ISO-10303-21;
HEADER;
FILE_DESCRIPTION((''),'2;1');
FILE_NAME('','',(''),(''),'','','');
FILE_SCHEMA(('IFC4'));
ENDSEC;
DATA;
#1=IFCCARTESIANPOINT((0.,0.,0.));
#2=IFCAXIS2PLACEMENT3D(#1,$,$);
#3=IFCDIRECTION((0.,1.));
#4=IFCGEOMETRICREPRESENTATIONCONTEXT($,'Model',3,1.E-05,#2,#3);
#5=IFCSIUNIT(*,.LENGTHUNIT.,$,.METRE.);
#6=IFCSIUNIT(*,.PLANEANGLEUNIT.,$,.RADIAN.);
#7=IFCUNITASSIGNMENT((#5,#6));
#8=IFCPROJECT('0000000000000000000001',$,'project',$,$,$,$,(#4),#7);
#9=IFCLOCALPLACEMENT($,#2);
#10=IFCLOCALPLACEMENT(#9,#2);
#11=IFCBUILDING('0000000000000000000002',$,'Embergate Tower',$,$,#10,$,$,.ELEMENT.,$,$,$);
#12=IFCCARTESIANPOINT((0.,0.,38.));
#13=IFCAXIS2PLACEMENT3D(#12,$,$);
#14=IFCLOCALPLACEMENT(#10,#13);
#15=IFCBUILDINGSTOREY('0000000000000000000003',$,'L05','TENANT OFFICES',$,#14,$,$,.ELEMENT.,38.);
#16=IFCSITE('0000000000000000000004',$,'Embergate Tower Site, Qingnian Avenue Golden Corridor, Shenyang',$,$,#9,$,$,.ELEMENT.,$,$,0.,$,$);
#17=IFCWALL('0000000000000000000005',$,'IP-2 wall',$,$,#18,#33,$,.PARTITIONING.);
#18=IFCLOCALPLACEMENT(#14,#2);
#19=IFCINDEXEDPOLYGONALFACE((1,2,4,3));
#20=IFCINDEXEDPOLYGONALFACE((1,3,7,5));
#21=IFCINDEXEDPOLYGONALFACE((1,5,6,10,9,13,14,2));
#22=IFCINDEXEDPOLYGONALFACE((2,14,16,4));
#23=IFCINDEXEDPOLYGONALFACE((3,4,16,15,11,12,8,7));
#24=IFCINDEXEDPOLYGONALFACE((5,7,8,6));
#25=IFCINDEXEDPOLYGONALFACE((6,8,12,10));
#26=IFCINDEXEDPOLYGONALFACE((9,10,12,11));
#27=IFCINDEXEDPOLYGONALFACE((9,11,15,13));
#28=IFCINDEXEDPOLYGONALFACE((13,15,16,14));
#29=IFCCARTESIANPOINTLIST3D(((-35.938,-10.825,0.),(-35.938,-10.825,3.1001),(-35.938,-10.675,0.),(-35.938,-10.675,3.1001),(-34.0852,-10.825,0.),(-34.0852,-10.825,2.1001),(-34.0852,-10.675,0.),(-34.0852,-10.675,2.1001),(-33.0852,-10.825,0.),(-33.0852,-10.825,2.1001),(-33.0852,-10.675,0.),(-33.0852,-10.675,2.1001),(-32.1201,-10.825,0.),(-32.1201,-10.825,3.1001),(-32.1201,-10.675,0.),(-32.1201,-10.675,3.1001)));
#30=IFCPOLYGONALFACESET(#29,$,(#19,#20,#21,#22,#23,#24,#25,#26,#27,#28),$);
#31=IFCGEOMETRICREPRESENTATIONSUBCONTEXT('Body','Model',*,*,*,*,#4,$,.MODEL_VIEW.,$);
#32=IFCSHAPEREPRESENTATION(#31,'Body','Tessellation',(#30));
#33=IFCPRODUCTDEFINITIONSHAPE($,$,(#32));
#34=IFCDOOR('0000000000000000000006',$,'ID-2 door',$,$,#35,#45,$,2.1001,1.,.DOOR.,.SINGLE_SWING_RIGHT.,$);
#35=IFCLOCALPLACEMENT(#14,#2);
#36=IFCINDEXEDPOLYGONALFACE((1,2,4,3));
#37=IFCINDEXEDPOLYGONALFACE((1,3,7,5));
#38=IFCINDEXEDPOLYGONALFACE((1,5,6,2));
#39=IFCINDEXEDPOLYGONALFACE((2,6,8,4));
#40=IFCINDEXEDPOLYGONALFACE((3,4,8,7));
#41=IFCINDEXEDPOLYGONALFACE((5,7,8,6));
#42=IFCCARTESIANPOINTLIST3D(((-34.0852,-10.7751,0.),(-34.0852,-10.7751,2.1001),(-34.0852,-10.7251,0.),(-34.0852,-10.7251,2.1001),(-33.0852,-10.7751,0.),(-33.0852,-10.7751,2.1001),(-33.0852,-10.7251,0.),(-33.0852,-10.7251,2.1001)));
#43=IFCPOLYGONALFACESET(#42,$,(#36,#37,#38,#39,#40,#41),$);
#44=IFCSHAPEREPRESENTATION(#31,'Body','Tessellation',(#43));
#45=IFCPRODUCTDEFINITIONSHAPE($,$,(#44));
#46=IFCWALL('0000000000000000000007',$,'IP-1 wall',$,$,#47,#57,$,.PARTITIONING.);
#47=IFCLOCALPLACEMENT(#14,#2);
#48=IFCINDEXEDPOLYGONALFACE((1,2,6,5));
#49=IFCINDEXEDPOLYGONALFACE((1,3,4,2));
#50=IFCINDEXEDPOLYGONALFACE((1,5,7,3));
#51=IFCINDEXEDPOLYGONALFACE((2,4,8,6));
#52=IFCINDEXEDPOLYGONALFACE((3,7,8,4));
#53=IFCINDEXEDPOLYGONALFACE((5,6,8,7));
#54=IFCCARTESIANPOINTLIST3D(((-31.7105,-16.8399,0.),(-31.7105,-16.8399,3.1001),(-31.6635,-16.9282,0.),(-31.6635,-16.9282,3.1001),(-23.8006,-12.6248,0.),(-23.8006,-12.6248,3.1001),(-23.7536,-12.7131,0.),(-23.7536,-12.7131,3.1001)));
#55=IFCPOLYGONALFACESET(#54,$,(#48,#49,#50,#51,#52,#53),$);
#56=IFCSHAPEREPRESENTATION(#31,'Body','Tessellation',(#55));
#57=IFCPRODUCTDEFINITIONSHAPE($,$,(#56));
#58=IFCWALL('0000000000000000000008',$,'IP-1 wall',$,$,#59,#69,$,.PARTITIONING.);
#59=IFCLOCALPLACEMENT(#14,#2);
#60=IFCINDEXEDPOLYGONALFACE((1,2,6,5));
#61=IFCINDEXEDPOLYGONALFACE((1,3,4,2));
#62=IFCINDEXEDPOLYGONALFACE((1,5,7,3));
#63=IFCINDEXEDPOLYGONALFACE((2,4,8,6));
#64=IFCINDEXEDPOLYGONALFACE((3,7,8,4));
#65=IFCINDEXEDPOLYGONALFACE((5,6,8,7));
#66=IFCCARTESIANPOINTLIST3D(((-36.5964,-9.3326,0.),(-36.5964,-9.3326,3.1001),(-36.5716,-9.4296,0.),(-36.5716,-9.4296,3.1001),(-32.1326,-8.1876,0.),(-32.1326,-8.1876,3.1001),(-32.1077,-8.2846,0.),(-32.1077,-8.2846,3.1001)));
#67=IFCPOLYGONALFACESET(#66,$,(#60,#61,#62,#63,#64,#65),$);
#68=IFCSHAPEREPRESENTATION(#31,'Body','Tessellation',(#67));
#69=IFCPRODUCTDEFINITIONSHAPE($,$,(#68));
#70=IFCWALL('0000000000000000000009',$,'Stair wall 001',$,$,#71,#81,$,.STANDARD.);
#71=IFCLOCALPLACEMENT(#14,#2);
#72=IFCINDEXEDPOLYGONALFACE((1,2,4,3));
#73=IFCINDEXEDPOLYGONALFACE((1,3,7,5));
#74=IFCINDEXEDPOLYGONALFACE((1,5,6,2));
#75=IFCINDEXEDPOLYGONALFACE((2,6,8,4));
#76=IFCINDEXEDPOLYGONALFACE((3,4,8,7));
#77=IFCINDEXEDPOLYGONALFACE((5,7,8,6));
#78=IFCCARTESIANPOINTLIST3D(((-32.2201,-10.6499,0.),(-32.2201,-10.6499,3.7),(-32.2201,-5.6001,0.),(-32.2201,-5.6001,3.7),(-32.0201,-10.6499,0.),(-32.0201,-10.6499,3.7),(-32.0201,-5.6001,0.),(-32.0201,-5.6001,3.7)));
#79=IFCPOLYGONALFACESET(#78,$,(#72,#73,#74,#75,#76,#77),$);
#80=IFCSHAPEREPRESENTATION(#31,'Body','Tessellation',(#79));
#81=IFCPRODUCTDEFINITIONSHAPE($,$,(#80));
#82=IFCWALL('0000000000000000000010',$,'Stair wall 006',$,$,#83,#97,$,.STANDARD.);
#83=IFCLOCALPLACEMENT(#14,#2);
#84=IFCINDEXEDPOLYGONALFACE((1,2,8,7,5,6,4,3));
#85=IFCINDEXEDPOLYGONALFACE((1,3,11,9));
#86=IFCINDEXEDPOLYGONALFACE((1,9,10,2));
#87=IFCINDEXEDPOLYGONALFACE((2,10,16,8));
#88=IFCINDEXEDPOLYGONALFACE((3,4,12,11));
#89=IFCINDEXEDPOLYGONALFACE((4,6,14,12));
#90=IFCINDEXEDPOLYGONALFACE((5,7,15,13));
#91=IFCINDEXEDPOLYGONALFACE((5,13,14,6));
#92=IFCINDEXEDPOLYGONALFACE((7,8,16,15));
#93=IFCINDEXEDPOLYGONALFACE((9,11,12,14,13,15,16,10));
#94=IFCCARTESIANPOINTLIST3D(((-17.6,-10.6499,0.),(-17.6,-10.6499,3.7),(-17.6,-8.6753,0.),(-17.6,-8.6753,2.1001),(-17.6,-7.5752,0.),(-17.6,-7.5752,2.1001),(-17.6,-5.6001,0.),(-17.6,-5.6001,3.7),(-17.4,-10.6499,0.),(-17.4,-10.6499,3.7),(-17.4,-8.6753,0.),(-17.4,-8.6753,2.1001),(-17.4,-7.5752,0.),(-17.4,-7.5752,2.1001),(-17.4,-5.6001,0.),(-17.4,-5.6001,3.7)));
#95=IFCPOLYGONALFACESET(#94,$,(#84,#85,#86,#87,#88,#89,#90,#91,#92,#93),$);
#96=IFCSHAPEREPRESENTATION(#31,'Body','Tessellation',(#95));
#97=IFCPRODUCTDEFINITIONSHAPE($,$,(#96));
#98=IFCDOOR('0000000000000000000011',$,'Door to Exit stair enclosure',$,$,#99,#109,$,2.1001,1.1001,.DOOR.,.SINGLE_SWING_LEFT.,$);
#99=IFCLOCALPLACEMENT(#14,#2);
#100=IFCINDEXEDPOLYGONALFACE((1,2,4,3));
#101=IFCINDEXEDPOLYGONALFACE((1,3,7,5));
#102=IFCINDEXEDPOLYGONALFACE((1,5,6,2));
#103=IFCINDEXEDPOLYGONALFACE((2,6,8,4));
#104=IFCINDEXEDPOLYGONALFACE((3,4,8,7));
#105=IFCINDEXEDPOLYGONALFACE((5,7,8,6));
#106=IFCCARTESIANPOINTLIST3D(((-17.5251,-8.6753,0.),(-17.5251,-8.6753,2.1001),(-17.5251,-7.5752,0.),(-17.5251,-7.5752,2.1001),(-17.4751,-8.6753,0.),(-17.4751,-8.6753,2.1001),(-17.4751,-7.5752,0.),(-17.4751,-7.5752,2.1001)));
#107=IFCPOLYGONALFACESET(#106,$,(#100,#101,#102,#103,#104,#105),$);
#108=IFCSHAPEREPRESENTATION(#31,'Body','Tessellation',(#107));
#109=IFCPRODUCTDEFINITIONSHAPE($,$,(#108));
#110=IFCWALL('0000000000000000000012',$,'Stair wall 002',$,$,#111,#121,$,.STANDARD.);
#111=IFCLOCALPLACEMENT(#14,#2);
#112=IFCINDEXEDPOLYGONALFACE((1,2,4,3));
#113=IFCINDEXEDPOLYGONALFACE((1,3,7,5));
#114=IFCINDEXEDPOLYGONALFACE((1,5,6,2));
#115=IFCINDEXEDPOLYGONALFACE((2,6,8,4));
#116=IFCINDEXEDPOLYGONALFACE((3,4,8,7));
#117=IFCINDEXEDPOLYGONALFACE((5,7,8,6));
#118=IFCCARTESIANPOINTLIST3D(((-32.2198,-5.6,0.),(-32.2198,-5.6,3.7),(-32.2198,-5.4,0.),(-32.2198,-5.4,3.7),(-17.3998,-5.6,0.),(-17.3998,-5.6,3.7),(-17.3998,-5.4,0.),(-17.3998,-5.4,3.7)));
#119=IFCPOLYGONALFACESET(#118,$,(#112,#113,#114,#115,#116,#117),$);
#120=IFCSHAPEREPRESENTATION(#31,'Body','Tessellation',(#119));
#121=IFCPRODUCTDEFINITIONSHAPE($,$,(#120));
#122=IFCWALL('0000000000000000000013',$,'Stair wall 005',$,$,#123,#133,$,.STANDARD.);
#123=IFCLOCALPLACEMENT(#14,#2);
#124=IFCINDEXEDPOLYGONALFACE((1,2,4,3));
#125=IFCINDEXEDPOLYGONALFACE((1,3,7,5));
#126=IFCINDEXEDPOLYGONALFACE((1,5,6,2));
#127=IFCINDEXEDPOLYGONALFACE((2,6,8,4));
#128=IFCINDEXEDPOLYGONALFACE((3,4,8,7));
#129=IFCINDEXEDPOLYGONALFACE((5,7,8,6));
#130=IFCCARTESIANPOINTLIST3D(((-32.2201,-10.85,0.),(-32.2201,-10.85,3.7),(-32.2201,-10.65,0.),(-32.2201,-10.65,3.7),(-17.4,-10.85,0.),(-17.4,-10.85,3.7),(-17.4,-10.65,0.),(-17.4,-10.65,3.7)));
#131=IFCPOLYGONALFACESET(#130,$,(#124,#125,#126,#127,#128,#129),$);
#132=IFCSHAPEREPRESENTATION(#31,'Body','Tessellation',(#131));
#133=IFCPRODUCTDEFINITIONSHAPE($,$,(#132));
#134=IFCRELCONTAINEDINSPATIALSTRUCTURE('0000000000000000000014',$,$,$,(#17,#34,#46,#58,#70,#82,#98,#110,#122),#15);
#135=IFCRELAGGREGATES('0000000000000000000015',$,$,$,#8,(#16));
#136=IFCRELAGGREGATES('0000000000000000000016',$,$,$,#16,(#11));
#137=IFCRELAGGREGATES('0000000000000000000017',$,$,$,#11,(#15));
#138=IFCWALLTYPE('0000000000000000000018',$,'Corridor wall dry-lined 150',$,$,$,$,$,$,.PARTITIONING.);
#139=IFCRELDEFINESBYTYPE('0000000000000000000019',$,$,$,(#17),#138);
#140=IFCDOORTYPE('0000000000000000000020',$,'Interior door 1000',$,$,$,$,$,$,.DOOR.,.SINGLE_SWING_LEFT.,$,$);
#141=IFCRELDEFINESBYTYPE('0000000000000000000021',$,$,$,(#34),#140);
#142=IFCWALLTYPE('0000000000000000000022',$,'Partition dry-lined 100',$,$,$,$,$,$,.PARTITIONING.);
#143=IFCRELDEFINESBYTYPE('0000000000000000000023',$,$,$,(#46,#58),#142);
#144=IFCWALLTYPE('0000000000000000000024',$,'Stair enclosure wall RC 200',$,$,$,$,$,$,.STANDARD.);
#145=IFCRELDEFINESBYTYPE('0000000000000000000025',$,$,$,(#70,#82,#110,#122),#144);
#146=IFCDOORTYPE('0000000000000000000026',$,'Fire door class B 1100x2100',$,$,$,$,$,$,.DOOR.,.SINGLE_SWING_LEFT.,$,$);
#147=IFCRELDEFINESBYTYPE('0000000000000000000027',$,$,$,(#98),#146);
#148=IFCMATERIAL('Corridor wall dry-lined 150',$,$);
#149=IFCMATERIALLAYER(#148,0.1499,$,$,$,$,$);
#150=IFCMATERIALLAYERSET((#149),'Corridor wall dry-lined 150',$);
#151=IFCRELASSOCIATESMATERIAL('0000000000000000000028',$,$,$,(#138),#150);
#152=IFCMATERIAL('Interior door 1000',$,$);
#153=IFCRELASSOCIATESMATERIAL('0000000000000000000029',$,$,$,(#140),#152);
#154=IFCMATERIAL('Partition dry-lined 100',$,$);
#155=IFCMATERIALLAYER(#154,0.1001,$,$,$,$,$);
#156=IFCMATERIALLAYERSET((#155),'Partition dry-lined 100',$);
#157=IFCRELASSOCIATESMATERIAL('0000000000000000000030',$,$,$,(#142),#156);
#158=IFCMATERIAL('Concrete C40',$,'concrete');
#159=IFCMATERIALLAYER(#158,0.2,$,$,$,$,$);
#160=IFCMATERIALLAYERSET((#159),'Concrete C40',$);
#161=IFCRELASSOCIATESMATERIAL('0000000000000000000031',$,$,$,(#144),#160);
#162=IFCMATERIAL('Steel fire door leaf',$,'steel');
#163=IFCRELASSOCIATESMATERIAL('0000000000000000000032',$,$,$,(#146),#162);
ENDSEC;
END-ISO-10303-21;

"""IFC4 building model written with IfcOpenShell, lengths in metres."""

from ifc_helpers import new_model, si_unit, direction, frame, frame_2d, origin, place, context, subcontext, project, spatial, rectangle, extrude, source, transform, mapped, material, layer, layer_set, type_object, element, fill, save


model = new_model("IFC4")

# Units and contexts
model_context = context("Model", 3, precision=1e-05, world=origin(), true_north=direction((0.0, 1.0)))
body_context = subcontext(model_context, "Body", "Model", "MODEL_VIEW")
ifc_project = project(units=[si_unit("LENGTHUNIT", "METRE"), si_unit("PLANEANGLEUNIT", "RADIAN")], contexts=[model_context])

# Site, building, storey
site_placement = place(None, origin())
site = spatial("IfcSite", under=ifc_project, at=site_placement, Name="Embergate Tower Site, Qingnian Avenue Golden Corridor, Shenyang", CompositionType="ELEMENT", RefElevation=0.0)
building_placement = place(site_placement, origin())
building = spatial("IfcBuilding", under=site, at=building_placement, Name="Embergate Tower", CompositionType="ELEMENT")
storey_placement = place(building_placement, frame((0.0, 0.0, 38.0)))
storey = spatial("IfcBuildingStorey", under=building, at=storey_placement, Name="L05", Description="TENANT OFFICES", CompositionType="ELEMENT", Elevation=38.0)

# Wall, opening, door
ifc_material_1 = material(Name="Corridor wall dry-lined 150")
ifc_layer_1 = layer(ifc_material_1, 0.1499)
ifc_layer_set_1 = layer_set([ifc_layer_1], Name="Corridor wall dry-lined 150")
wall_type_1 = type_object("IfcWallType", Name="Corridor wall dry-lined 150", PredefinedType="PARTITIONING", material=ifc_layer_set_1)
shared_shape_1 = source(origin(), body_context, "Body", "SweptSolid", [
    extrude(rectangle(XDim=3.8179, YDim=0.1499, at=frame_2d((1.9089, 0.0))), origin(), (0.0, 0.0, 1.0), 3.1001),
])
wall_1_placement = place(storey_placement, frame((-35.938, -10.75, 0.0), z_axis=(0.0, 0.0, 1.0), x_axis=(1.0, 0.0, 0.0)))
wall_1 = element("IfcWall", 1, at=wall_1_placement, inside=storey, type_object=wall_type_1, Name="IP-2 wall", PredefinedType="PARTITIONING", context=body_context, shape_type="MappedRepresentation", body=[
    mapped(shared_shape_1, transform((0.0, 0.0, 0.0))),
])
shared_shape_2 = source(origin(), body_context, "Body", "SweptSolid", [
    extrude(rectangle(XDim=1.0, YDim=2.1001, at=frame_2d((0.5, 1.05))), frame((0.0, 0.085, 0.0), z_axis=(0.0, -1.0, 0.0), x_axis=(1.0, 0.0, 0.0)), (0.0, 0.0, 1.0), 0.1699),
])
opening_1_placement = place(wall_1_placement, frame((1.8528, 0.0, 0.0)))
opening_1 = element("IfcOpeningElement", 2, at=opening_1_placement, cuts=wall_1, PredefinedType="OPENING", context=body_context, shape_type="MappedRepresentation", body=[
    mapped(shared_shape_2, transform((0.0, 0.0, 0.0))),
])
ifc_material_2 = material(Name="Interior door 1000")
door_type_1 = type_object("IfcDoorType", Name="Interior door 1000", OperationType="SINGLE_SWING_LEFT", PredefinedType="DOOR", material=ifc_material_2)
shared_shape_3 = source(origin(), body_context, "Body", "SweptSolid", [
    extrude(rectangle(XDim=1.0, YDim=2.1001, at=frame_2d((0.5, 1.05))), frame((0.0, 0.0249, 0.0), z_axis=(0.0, -1.0, 0.0), x_axis=(1.0, 0.0, 0.0)), (0.0, 0.0, 1.0), 0.05),
])
door_1_placement = place(opening_1_placement, origin())
door_1 = element("IfcDoor", 3, at=door_1_placement, inside=storey, type_object=door_type_1, Name="ID-2 door", OperationType="SINGLE_SWING_RIGHT", OverallHeight=2.1001, OverallWidth=1.0, PredefinedType="DOOR", context=body_context, shape_type="MappedRepresentation", body=[
    mapped(shared_shape_3, transform((0.0, 0.0, 0.0))),
])
fill(opening_1, door_1)

# Walls
ifc_material_3 = material(Name="Partition dry-lined 100")
ifc_layer_2 = layer(ifc_material_3, 0.1001)
ifc_layer_set_2 = layer_set([ifc_layer_2], Name="Partition dry-lined 100")
wall_type_2 = type_object("IfcWallType", Name="Partition dry-lined 100", PredefinedType="PARTITIONING", material=ifc_layer_set_2)
shared_shape_4 = source(origin(), body_context, "Body", "SweptSolid", [
    extrude(rectangle(XDim=8.9629, YDim=0.1001, at=frame_2d((4.4814, 0.0))), origin(), (0.0, 0.0, 1.0), 3.1001),
])
wall_2_placement = place(storey_placement, frame((-23.7771, -12.6689, 0.0), z_axis=(0.0, 0.0, 1.0), x_axis=(-0.882517, -0.470281, 0.0)))
element("IfcWall", 4, at=wall_2_placement, inside=storey, type_object=wall_type_2, Name="IP-1 wall", PredefinedType="PARTITIONING", context=body_context, shape_type="MappedRepresentation", body=[
    mapped(shared_shape_4, transform((0.0, 0.0, 0.0))),
])
shared_shape_5 = source(origin(), body_context, "Body", "SweptSolid", [
    extrude(rectangle(XDim=4.6084, YDim=0.1001, at=frame_2d((2.3042, 0.0))), origin(), (0.0, 0.0, 1.0), 3.1001),
])
wall_3_placement = place(storey_placement, frame((-32.1201, -8.2361, 0.0), z_axis=(0.0, 0.0, 1.0), x_axis=(-0.968641, -0.248465, 0.0)))
element("IfcWall", 5, at=wall_3_placement, inside=storey, type_object=wall_type_2, Name="IP-1 wall", PredefinedType="PARTITIONING", context=body_context, shape_type="MappedRepresentation", body=[
    mapped(shared_shape_5, transform((0.0, 0.0, 0.0))),
])
ifc_material_4 = material(Name="Concrete C40", Category="concrete")
ifc_layer_3 = layer(ifc_material_4, 0.2)
ifc_layer_set_3 = layer_set([ifc_layer_3], Name="Concrete C40")
wall_type_3 = type_object("IfcWallType", Name="Stair enclosure wall RC 200", PredefinedType="STANDARD", material=ifc_layer_set_3)
shared_shape_6 = source(origin(), body_context, "Body", "SweptSolid", [
    extrude(rectangle(XDim=5.0498, YDim=0.2, at=frame_2d((2.5249, 0.0))), origin(), (0.0, 0.0, 1.0), 3.7),
])
wall_4_placement = place(storey_placement, frame((-32.1201, -10.6499, 0.0), z_axis=(0.0, 0.0, 1.0), x_axis=(0.0, 1.0, 0.0)))
element("IfcWall", 6, at=wall_4_placement, inside=storey, type_object=wall_type_3, Name="Stair wall 001", PredefinedType="STANDARD", context=body_context, shape_type="MappedRepresentation", body=[
    mapped(shared_shape_6, transform((0.0, 0.0, 0.0))),
])

# Wall, opening, door
wall_5_placement = place(storey_placement, frame((-17.5, -5.6001, 0.0), z_axis=(0.0, 0.0, 1.0), x_axis=(0.0, -1.0, 0.0)))
wall_5 = element("IfcWall", 7, at=wall_5_placement, inside=storey, type_object=wall_type_3, Name="Stair wall 006", PredefinedType="STANDARD", context=body_context, shape_type="MappedRepresentation", body=[
    mapped(shared_shape_6, transform((0.0, 0.0, 0.0))),
])
shared_shape_7 = source(origin(), body_context, "Body", "SweptSolid", [
    extrude(rectangle(XDim=1.1001, YDim=2.1001, at=frame_2d((0.55, 1.05))), frame((0.0, 0.1099, 0.0), z_axis=(0.0, -1.0, 0.0), x_axis=(1.0, 0.0, 0.0)), (0.0, 0.0, 1.0), 0.22),
])
opening_2_placement = place(wall_5_placement, frame((1.9751, 0.0, 0.0)))
opening_2 = element("IfcOpeningElement", 8, at=opening_2_placement, cuts=wall_5, PredefinedType="OPENING", context=body_context, shape_type="MappedRepresentation", body=[
    mapped(shared_shape_7, transform((0.0, 0.0, 0.0))),
])
ifc_material_5 = material(Name="Steel fire door leaf", Category="steel")
door_type_2 = type_object("IfcDoorType", Name="Fire door class B 1100x2100", OperationType="SINGLE_SWING_LEFT", PredefinedType="DOOR", material=ifc_material_5)
shared_shape_8 = source(origin(), body_context, "Body", "SweptSolid", [
    extrude(rectangle(XDim=1.1001, YDim=2.1001, at=frame_2d((0.55, 1.05))), frame((0.0, 0.0249, 0.0), z_axis=(0.0, -1.0, 0.0), x_axis=(1.0, 0.0, 0.0)), (0.0, 0.0, 1.0), 0.05),
])
door_2_placement = place(opening_2_placement, origin())
door_2 = element("IfcDoor", 9, at=door_2_placement, inside=storey, type_object=door_type_2, Name="Door to Exit stair enclosure", OperationType="SINGLE_SWING_LEFT", OverallHeight=2.1001, OverallWidth=1.1001, PredefinedType="DOOR", context=body_context, shape_type="MappedRepresentation", body=[
    mapped(shared_shape_8, transform((0.0, 0.0, 0.0))),
])
fill(opening_2, door_2)

# Walls
shared_shape_9 = source(origin(), body_context, "Body", "SweptSolid", [
    extrude(rectangle(XDim=14.8201, YDim=0.2, at=frame_2d((7.4102, 0.0))), origin(), (0.0, 0.0, 1.0), 3.7),
])
for number, where, z_axis, x_axis, name in (
    (10, (-32.22, -5.5, 0.0), (0.0, 0.0, 1.0), (1.0, 0.0, 0.0), "Stair wall 002"),
    (11, (-17.3999, -10.75, 0.0), (0.0, 0.0, 1.0), (-1.0, 0.0, 0.0), "Stair wall 005"),
):
    element("IfcWall", number, at=place(storey_placement, frame(where, z_axis=z_axis, x_axis=x_axis)), inside=storey, type_object=wall_type_3, Name=name, PredefinedType="STANDARD", context=body_context, shape_type="MappedRepresentation", body=[
        mapped(shared_shape_9, transform((0.0, 0.0, 0.0))),
    ])

save(model, "model.ifc")
